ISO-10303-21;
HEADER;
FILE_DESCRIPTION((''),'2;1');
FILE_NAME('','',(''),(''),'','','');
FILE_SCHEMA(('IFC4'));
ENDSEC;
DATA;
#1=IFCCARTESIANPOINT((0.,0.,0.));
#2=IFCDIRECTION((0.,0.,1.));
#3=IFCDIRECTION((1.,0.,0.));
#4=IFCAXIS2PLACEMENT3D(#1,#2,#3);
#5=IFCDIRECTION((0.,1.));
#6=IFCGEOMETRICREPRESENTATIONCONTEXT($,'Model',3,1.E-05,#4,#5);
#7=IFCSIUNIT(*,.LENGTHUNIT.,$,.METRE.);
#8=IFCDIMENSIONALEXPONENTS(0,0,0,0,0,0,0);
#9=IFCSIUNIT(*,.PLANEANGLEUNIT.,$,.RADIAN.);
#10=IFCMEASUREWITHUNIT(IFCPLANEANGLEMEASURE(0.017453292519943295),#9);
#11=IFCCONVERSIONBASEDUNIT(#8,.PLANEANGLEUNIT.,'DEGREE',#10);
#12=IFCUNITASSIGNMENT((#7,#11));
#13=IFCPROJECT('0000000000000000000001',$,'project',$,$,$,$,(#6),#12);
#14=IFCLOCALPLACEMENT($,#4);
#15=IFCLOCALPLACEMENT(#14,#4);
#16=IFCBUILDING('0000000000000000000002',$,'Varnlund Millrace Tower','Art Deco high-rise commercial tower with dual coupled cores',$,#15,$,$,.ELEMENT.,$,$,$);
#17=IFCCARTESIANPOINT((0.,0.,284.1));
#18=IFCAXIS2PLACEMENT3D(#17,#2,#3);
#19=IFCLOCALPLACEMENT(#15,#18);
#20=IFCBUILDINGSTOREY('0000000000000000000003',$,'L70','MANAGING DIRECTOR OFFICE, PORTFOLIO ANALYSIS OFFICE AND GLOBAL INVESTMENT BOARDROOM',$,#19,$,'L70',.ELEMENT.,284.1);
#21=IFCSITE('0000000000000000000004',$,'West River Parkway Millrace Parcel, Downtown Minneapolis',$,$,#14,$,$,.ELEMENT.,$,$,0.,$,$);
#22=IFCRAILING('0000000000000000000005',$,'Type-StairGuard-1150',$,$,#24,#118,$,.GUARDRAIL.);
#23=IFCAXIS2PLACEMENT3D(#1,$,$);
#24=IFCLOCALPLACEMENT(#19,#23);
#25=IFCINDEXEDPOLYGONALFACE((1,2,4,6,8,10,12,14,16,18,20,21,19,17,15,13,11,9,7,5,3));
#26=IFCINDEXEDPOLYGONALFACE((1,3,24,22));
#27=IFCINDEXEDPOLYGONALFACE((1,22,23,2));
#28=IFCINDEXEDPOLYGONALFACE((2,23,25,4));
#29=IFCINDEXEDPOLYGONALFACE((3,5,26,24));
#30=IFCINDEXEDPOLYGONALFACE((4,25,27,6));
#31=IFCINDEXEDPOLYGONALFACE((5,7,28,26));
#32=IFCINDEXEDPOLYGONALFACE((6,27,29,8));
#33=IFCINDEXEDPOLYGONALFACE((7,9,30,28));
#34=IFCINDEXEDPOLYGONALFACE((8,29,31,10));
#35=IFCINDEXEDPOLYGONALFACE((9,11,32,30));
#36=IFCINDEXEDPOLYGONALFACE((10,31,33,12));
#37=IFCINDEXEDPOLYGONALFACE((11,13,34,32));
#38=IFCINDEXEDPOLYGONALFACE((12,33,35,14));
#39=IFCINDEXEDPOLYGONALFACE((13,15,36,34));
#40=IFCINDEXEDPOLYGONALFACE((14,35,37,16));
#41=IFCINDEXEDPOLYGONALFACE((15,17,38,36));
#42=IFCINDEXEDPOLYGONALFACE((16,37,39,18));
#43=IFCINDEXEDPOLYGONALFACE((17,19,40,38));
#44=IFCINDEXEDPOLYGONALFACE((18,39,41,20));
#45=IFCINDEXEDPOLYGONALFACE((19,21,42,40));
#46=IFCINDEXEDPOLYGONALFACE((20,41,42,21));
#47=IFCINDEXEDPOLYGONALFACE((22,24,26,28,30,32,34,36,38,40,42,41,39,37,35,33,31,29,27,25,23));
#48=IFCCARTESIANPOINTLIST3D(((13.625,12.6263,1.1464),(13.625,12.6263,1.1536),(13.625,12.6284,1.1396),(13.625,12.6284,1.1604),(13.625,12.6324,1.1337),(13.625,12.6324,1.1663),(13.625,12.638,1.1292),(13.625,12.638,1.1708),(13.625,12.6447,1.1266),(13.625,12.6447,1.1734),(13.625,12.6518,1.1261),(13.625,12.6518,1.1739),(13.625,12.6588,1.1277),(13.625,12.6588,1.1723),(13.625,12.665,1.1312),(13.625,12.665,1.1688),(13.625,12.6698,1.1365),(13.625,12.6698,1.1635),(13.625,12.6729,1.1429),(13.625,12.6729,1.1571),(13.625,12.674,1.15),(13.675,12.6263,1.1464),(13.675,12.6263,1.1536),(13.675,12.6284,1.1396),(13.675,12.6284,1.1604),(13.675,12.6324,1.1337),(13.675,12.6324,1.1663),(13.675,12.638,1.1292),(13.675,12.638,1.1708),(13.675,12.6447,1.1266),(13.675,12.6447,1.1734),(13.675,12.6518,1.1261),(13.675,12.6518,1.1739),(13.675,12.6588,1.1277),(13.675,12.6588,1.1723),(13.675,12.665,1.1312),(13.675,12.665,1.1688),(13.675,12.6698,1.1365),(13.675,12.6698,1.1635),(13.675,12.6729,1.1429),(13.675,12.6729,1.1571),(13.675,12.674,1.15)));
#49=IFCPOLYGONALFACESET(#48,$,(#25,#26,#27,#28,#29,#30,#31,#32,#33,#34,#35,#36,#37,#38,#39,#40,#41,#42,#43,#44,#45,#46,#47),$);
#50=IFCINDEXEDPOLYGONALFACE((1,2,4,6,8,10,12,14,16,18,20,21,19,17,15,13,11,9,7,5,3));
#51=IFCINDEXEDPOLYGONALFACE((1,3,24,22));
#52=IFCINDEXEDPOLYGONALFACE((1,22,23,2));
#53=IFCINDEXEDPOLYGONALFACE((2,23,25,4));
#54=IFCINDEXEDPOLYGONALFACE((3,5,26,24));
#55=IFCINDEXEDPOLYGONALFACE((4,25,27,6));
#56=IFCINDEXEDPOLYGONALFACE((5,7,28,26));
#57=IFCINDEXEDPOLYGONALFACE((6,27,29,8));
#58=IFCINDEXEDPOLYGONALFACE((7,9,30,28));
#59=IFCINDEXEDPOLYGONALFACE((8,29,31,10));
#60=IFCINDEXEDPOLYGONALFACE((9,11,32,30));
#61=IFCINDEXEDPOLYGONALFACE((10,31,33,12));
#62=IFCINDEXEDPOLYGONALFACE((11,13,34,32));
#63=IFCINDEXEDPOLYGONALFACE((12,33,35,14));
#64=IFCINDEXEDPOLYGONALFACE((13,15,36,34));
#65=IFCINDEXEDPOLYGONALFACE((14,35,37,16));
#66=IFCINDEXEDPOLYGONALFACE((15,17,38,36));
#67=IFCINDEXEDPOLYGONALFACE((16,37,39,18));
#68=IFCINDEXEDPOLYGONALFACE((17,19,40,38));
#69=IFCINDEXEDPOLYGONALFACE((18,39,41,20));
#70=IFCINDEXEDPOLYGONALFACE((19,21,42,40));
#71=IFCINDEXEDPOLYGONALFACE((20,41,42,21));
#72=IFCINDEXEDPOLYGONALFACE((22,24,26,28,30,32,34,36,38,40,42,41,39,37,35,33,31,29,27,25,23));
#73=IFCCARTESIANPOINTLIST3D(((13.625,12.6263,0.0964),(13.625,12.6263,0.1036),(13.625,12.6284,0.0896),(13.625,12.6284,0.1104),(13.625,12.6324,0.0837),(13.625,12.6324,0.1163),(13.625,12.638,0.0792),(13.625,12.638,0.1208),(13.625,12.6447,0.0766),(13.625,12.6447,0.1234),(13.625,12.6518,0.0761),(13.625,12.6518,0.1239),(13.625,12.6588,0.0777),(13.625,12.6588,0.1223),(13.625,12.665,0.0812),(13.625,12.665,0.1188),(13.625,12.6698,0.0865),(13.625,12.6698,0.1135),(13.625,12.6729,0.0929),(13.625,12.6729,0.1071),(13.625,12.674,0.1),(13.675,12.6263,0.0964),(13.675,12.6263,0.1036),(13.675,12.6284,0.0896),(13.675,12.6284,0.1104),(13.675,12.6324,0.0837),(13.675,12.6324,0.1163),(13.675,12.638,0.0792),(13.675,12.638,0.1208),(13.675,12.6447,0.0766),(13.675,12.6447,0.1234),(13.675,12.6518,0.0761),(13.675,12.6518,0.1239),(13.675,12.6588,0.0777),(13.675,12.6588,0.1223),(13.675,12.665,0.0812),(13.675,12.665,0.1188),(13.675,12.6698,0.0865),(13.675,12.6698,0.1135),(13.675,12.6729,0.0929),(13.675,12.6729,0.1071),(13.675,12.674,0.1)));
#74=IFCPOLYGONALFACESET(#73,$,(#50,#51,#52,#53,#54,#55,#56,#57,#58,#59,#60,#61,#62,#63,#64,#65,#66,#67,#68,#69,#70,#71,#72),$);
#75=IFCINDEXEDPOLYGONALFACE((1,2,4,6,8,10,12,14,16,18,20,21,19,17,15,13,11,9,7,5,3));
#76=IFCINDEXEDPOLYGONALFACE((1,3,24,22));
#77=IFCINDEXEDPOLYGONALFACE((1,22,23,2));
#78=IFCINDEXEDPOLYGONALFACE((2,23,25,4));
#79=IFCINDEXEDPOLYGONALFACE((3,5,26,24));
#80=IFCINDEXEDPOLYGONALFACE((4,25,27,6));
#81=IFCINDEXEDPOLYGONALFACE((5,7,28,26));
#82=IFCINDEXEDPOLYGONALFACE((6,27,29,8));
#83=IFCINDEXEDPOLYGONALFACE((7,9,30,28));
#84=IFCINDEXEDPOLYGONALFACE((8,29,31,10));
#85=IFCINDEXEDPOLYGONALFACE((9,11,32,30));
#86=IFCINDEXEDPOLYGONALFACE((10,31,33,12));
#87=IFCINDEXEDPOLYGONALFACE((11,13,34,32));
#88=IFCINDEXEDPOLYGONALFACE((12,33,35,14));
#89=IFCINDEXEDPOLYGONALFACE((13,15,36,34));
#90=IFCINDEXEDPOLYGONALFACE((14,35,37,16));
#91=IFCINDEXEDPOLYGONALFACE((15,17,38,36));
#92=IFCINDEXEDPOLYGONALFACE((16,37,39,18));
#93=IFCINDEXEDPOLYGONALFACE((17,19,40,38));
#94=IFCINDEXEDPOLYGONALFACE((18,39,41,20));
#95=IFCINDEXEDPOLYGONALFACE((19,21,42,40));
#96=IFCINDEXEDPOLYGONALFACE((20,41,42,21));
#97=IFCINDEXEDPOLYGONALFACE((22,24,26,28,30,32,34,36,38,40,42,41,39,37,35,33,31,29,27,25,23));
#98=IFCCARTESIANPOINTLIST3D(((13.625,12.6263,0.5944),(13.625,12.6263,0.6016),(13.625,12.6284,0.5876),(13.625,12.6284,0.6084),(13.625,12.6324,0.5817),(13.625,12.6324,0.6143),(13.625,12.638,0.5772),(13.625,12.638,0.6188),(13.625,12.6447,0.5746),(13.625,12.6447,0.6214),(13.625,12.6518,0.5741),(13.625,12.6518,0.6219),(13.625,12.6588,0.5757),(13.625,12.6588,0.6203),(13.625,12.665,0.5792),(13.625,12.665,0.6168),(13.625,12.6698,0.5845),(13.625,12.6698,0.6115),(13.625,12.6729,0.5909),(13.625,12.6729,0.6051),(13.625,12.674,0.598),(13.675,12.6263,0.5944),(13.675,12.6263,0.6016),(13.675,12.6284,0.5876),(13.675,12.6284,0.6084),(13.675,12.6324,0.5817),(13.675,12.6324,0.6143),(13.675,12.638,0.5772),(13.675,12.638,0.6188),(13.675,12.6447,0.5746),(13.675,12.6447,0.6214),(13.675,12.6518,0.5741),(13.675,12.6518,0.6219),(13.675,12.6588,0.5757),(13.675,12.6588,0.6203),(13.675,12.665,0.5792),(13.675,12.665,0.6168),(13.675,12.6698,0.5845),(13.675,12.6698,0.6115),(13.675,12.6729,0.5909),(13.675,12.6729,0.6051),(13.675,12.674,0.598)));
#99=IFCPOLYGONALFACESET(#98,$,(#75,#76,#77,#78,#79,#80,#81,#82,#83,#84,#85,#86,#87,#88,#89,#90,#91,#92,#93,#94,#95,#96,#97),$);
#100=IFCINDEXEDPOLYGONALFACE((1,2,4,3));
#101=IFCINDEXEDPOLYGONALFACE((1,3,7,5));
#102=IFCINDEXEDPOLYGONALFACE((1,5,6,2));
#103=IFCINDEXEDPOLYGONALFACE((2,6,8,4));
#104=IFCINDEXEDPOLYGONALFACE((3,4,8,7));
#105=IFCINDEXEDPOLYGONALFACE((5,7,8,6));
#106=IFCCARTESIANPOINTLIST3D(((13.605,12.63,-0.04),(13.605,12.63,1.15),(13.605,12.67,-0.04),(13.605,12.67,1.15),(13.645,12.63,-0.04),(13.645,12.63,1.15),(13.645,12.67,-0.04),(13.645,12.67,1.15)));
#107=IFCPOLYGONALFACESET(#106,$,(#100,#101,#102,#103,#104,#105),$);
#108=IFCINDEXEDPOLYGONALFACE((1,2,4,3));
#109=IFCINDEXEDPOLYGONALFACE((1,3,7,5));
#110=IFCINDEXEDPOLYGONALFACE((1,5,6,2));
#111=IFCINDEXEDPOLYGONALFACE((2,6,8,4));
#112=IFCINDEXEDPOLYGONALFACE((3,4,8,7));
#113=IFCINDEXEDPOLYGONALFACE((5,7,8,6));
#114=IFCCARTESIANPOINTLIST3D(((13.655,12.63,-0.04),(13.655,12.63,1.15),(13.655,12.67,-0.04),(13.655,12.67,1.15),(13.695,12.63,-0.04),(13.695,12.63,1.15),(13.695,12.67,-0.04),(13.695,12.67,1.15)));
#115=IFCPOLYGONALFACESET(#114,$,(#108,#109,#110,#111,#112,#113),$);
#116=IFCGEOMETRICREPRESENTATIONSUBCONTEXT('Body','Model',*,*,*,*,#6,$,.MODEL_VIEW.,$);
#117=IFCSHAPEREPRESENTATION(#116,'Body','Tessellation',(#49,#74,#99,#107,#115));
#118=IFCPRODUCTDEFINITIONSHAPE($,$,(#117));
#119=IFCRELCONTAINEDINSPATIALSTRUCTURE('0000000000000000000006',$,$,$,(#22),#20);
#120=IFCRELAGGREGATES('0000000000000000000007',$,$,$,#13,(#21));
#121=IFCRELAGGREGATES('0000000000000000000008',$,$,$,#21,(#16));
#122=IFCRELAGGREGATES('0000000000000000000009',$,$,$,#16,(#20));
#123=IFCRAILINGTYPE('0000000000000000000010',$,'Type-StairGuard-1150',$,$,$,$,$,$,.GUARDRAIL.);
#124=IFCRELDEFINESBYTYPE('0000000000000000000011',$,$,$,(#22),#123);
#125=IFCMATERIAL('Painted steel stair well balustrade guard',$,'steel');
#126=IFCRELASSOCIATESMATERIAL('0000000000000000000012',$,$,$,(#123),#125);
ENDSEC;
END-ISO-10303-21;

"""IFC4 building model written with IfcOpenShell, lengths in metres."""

from ifc_helpers import new_model, entity, si_unit, converted_unit, direction, frame, origin_with_axes, origin_2d_with_axis, place, context, subcontext, project, spatial, rectangle, circle, extrude, material, type_object, element, save


model = new_model("IFC4")

# Units and contexts
model_context = context("Model", 3, precision=1e-05, world=origin_with_axes(), true_north=direction((0.0, 1.0)))
body_context = subcontext(model_context, "Body", "Model", "MODEL_VIEW")
ifc_project = project(units=[si_unit("LENGTHUNIT", "METRE"), converted_unit("PLANEANGLEUNIT", "DEGREE", entity("IfcPlaneAngleMeasure", 0.017453292519943295), si_unit("PLANEANGLEUNIT", "RADIAN"), dimensions=[0, 0, 0, 0, 0, 0, 0])], contexts=[model_context])

# Site, building, storey
site_placement = place(None, origin_with_axes())
site = spatial("IfcSite", under=ifc_project, at=site_placement, Name="West River Parkway Millrace Parcel, Downtown Minneapolis", CompositionType="ELEMENT", RefElevation=0.0)
building_placement = place(site_placement, origin_with_axes())
building = spatial("IfcBuilding", under=site, at=building_placement, Name="Varnlund Millrace Tower", Description="Art Deco high-rise commercial tower with dual coupled cores", CompositionType="ELEMENT")
storey_placement = place(building_placement, frame((0.0, 0.0, 284.1), z_axis=(0.0, 0.0, 1.0), x_axis=(1.0, 0.0, 0.0)))
storey = spatial("IfcBuildingStorey", under=building, at=storey_placement, Name="L70", Description="MANAGING DIRECTOR OFFICE, PORTFOLIO ANALYSIS OFFICE AND GLOBAL INVESTMENT BOARDROOM", LongName="L70", CompositionType="ELEMENT", Elevation=284.1)

# Railing
ifc_material_1 = material(Name="Painted steel stair well balustrade guard", Category="steel")
railing_type_1 = type_object("IfcRailingType", Name="Type-StairGuard-1150", PredefinedType="GUARDRAIL", material=ifc_material_1)
railing_1_placement = place(storey_placement, frame((0.0, 0.0, -284.1), z_axis=(0.0, 0.0, 1.0), x_axis=(1.0, 0.0, 0.0)))
element("IfcRailing", 1, at=railing_1_placement, inside=storey, type_object=railing_type_1, Name="Type-StairGuard-1150", PredefinedType="GUARDRAIL", context=body_context, shape_type="SweptSolid", body=[
    extrude(circle(Radius=0.024, at=origin_2d_with_axis()), frame((13.625, 12.65, 285.25), z_axis=(1.0, 0.0, 0.0), x_axis=(0.0, 1.0, 0.0)), (0.0, 0.0, 1.0), 0.05),
    extrude(circle(Radius=0.024, at=origin_2d_with_axis()), frame((13.625, 12.65, 284.2), z_axis=(1.0, 0.0, 0.0), x_axis=(0.0, 1.0, 0.0)), (0.0, 0.0, 1.0), 0.05),
    extrude(circle(Radius=0.024, at=origin_2d_with_axis()), frame((13.625, 12.65, 284.698), z_axis=(1.0, 0.0, 0.0), x_axis=(0.0, 1.0, 0.0)), (0.0, 0.0, 1.0), 0.05),
    extrude(rectangle(XDim=0.04, YDim=0.04, at=origin_2d_with_axis()), frame((13.625, 12.65, 284.06), z_axis=(0.0, 0.0, 1.0), x_axis=(1.0, 0.0, 0.0)), (0.0, 0.0, 1.0), 1.19),
    extrude(rectangle(XDim=0.04, YDim=0.04, at=origin_2d_with_axis()), frame((13.675, 12.65, 284.06), z_axis=(0.0, 0.0, 1.0), x_axis=(1.0, 0.0, 0.0)), (0.0, 0.0, 1.0), 1.19),
])

save(model, "model.ifc")
